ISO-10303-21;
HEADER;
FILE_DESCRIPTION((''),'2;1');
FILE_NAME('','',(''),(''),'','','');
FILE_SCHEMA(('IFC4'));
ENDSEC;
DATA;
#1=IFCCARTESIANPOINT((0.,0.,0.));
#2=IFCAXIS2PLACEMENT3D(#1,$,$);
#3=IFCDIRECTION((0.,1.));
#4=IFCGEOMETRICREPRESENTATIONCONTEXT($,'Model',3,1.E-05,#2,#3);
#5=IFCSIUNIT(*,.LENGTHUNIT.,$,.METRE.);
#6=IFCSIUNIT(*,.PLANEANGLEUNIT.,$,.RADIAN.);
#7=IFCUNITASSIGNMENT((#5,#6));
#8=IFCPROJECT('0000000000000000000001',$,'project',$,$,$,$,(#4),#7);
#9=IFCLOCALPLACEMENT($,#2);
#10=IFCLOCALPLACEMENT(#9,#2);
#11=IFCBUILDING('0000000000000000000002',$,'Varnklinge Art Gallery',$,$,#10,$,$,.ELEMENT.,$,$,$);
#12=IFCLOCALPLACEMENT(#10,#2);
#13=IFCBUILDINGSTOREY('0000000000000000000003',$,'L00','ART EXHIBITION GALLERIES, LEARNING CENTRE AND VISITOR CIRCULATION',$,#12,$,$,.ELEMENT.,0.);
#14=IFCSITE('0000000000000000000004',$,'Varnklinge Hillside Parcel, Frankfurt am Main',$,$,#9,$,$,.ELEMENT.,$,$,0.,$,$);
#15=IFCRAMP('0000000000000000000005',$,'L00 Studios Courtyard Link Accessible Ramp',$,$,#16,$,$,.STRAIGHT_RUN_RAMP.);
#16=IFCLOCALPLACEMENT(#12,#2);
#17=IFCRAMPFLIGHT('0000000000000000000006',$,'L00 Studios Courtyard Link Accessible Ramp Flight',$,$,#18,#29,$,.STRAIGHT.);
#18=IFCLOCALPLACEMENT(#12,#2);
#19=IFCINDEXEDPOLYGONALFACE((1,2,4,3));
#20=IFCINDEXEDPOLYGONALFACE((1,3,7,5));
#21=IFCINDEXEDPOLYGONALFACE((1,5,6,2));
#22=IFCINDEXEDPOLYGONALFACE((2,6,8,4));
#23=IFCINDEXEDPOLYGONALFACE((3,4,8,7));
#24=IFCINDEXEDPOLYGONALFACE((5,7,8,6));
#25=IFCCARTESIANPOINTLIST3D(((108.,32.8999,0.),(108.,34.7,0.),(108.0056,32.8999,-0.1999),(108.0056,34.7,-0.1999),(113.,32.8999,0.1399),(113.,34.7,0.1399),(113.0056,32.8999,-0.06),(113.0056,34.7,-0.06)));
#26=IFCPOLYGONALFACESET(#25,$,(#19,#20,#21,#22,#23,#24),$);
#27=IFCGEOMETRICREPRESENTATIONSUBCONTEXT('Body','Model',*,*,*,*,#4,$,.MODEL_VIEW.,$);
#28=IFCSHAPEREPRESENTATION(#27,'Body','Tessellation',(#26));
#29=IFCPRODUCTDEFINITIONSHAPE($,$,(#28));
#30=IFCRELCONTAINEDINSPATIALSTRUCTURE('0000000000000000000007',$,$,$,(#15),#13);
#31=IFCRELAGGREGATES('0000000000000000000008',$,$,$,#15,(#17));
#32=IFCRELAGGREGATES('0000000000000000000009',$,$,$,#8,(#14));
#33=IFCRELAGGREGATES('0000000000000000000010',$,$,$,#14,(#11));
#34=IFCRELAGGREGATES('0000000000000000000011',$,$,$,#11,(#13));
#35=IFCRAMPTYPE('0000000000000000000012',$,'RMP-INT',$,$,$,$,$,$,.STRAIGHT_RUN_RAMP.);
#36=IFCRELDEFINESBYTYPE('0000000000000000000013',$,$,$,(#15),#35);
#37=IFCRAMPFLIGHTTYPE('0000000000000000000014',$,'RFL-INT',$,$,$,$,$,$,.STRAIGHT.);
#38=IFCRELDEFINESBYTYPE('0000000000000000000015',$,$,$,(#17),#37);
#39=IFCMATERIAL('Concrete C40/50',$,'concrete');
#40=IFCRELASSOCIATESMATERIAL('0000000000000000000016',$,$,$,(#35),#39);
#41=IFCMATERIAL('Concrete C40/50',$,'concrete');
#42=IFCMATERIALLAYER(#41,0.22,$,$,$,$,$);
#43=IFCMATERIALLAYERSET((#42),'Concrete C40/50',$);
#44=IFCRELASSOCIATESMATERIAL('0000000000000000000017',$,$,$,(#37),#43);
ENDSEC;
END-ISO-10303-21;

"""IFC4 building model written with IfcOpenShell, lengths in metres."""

from ifc_helpers import new_model, si_unit, direction, frame, origin, place, context, subcontext, project, spatial, polyline, outline, extrude, material, layer, layer_set, type_object, element, aggregate, save


model = new_model("IFC4")

# Units and contexts
model_context = context("Model", 3, precision=1e-05, world=origin(), true_north=direction((0.0, 1.0)))
body_context = subcontext(model_context, "Body", "Model", "MODEL_VIEW")
ifc_project = project(units=[si_unit("LENGTHUNIT", "METRE"), si_unit("PLANEANGLEUNIT", "RADIAN")], contexts=[model_context])

# Site, building, storey
site_placement = place(None, origin())
site = spatial("IfcSite", under=ifc_project, at=site_placement, Name="Varnklinge Hillside Parcel, Frankfurt am Main", CompositionType="ELEMENT", RefElevation=0.0)
building_placement = place(site_placement, origin())
building = spatial("IfcBuilding", under=site, at=building_placement, Name="Varnklinge Art Gallery", CompositionType="ELEMENT")
storey_placement = place(building_placement, origin())
storey = spatial("IfcBuildingStorey", under=building, at=storey_placement, Name="L00", Description="ART EXHIBITION GALLERIES, LEARNING CENTRE AND VISITOR CIRCULATION", CompositionType="ELEMENT", Elevation=0.0)

# Ramp, ramp flight
ifc_material_1 = material(Name="Concrete C40/50", Category="concrete")
ramp_type = type_object("IfcRampType", Name="RMP-INT", PredefinedType="STRAIGHT_RUN_RAMP", material=ifc_material_1)
ramp_placement = place(storey_placement, origin())
ramp = element("IfcRamp", 1, at=ramp_placement, inside=storey, type_object=ramp_type, Name="L00 Studios Courtyard Link Accessible Ramp", PredefinedType="STRAIGHT_RUN_RAMP")
ifc_material_2 = material(Name="Concrete C40/50", Category="concrete")
ifc_layer_1 = layer(ifc_material_2, 0.22)
ifc_layer_set_1 = layer_set([ifc_layer_1], Name="Concrete C40/50")
ramp_flight_type = type_object("IfcRampFlightType", Name="RFL-INT", PredefinedType="STRAIGHT", material=ifc_layer_set_1)
ramp_flight_placement = place(storey_placement, frame((108.0, 32.8999, 0.0), z_axis=(-0.027968, 0.0, 0.999609), x_axis=(0.999609, 0.0, 0.027968)))
ramp_flight = element("IfcRampFlight", 2, at=ramp_flight_placement, type_object=ramp_flight_type, Name="L00 Studios Courtyard Link Accessible Ramp Flight", PredefinedType="STRAIGHT", context=body_context, shape_type="SweptSolid", body=[
    extrude(outline(polyline([(0.0, 0.0), (5.002, 0.0), (5.002, 1.8), (0.0, 1.8), (0.0, 0.0)])), origin(), (0.0, 0.0, -1.0), 0.2),
])
aggregate(ramp, [ramp_flight])

save(model, "model.ifc")
